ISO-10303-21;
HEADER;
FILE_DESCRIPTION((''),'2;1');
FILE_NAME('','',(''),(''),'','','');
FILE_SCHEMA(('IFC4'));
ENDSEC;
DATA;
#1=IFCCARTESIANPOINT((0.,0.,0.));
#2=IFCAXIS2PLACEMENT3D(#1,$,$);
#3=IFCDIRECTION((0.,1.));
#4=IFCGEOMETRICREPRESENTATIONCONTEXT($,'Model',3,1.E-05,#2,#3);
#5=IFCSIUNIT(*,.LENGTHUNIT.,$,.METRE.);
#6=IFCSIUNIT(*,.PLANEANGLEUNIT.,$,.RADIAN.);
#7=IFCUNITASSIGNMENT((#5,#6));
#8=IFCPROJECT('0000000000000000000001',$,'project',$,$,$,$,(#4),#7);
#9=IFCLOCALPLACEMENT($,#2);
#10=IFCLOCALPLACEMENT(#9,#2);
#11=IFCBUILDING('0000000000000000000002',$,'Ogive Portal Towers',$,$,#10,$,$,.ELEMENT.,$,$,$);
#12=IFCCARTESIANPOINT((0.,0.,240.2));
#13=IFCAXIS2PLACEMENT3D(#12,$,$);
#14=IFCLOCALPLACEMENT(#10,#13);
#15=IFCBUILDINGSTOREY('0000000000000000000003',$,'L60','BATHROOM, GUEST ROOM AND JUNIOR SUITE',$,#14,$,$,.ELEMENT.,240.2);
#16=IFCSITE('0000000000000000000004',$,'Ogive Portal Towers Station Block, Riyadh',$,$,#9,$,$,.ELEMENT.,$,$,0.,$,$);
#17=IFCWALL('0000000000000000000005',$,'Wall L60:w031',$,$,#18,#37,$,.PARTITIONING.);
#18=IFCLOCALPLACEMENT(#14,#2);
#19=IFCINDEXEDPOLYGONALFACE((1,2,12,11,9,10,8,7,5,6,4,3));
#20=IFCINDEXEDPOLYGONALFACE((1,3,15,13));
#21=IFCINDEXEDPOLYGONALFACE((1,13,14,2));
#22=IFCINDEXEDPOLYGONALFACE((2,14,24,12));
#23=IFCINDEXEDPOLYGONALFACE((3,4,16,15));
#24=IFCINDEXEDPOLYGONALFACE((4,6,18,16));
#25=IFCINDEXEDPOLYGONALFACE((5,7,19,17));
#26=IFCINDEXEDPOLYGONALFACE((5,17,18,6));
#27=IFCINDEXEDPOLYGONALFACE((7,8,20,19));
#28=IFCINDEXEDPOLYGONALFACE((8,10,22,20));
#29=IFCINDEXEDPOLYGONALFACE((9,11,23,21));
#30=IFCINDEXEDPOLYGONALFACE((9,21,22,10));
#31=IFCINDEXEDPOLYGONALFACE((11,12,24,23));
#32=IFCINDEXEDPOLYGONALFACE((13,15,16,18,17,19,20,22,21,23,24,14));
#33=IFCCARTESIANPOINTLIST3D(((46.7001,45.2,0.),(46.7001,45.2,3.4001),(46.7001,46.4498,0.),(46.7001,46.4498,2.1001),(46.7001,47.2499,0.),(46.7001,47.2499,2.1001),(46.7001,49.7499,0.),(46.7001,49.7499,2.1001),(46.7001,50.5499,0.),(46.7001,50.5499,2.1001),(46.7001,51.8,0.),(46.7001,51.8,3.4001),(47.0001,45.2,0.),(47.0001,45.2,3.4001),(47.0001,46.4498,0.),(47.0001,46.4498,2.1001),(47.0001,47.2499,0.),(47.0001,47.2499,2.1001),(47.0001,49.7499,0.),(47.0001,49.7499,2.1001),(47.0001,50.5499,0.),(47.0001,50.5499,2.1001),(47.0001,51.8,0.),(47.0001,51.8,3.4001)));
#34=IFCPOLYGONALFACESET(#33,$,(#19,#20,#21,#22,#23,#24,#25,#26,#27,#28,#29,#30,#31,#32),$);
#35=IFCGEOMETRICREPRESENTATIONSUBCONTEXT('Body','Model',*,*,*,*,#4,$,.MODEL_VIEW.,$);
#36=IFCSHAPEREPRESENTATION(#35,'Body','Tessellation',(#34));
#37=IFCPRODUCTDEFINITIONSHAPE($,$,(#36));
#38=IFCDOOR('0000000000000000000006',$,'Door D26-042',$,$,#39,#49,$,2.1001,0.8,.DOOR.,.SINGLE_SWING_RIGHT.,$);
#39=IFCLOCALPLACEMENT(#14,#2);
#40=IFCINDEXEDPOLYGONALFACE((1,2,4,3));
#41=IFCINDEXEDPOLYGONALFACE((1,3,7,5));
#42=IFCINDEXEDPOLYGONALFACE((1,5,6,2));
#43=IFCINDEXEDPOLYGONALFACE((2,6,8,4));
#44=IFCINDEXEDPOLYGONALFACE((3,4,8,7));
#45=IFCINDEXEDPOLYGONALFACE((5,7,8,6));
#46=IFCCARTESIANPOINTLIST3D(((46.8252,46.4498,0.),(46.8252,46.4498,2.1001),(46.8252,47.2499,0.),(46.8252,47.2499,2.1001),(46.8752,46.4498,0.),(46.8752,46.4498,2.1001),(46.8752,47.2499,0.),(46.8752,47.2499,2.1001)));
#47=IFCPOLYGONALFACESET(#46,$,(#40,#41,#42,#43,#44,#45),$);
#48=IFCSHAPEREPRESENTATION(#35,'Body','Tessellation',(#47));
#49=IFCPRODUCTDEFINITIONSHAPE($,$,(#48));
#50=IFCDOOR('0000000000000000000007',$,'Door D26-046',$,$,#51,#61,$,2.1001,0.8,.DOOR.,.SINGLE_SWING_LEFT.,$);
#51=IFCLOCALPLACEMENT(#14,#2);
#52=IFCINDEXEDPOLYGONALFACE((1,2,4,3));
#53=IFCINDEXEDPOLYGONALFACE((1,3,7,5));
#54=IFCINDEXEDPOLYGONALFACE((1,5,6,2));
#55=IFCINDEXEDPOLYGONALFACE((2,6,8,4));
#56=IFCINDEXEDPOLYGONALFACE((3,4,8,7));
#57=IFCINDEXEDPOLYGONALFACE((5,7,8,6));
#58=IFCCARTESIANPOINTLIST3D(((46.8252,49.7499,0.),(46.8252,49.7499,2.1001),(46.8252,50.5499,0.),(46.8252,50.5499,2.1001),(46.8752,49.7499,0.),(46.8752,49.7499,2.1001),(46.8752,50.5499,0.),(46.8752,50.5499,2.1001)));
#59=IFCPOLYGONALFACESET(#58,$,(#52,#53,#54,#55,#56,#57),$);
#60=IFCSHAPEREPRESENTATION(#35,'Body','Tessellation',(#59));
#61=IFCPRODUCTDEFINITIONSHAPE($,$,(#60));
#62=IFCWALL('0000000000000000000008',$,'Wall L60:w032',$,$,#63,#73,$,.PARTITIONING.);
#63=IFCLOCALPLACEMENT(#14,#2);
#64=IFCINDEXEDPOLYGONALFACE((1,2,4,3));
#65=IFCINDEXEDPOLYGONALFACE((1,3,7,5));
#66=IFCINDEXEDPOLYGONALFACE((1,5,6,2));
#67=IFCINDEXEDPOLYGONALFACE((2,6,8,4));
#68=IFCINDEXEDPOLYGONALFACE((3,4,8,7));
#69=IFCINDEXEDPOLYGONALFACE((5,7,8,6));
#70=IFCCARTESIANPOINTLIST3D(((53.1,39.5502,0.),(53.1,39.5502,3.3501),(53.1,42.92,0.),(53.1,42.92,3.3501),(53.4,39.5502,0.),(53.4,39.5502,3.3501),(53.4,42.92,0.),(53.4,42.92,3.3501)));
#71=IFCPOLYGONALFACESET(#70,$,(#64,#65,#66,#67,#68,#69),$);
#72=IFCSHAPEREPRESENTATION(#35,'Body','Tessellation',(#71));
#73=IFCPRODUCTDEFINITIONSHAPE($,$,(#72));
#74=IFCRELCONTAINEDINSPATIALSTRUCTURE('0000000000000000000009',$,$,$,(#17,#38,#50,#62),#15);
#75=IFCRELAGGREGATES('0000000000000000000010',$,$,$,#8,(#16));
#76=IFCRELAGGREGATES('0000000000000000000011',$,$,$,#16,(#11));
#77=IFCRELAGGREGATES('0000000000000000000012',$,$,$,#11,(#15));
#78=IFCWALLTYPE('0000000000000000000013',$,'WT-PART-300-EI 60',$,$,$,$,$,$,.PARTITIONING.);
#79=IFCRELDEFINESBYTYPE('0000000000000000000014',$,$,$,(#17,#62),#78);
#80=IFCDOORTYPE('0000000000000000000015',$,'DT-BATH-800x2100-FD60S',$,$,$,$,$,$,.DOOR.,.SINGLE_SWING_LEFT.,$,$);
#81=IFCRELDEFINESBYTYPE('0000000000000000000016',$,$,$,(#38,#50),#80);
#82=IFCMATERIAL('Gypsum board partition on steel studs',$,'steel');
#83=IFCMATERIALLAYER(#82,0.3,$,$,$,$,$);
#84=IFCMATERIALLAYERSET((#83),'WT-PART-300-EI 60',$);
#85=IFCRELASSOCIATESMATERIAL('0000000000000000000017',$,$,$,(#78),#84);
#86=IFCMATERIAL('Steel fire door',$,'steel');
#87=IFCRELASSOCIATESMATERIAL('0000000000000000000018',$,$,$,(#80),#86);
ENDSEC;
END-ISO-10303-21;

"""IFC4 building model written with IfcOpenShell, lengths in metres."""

from ifc_helpers import new_model, si_unit, direction, frame, frame_2d, origin, place, context, subcontext, project, spatial, rectangle, extrude, material, layer, layer_set, type_object, element, fill, save


model = new_model("IFC4")

# Units and contexts
model_context = context("Model", 3, precision=1e-05, world=origin(), true_north=direction((0.0, 1.0)))
body_context = subcontext(model_context, "Body", "Model", "MODEL_VIEW")
ifc_project = project(units=[si_unit("LENGTHUNIT", "METRE"), si_unit("PLANEANGLEUNIT", "RADIAN")], contexts=[model_context])

# Site, building, storey
site_placement = place(None, origin())
site = spatial("IfcSite", under=ifc_project, at=site_placement, Name="Ogive Portal Towers Station Block, Riyadh", CompositionType="ELEMENT", RefElevation=0.0)
building_placement = place(site_placement, origin())
building = spatial("IfcBuilding", under=site, at=building_placement, Name="Ogive Portal Towers", CompositionType="ELEMENT")
storey_placement = place(building_placement, frame((0.0, 0.0, 240.2)))
storey = spatial("IfcBuildingStorey", under=building, at=storey_placement, Name="L60", Description="BATHROOM, GUEST ROOM AND JUNIOR SUITE", CompositionType="ELEMENT", Elevation=240.2)

# Shared definitions
ifc_material_1 = material(Name="Gypsum board partition on steel studs", Category="steel")
ifc_layer_1 = layer(ifc_material_1, 0.3)
ifc_layer_set_1 = layer_set([ifc_layer_1], Name="WT-PART-300-EI 60")
wall_type = type_object("IfcWallType", Name="WT-PART-300-EI 60", PredefinedType="PARTITIONING", material=ifc_layer_set_1)

# Wall, openings, doors
ifc_material_2 = material(Name="Steel fire door", Category="steel")
wall_1_placement = place(storey_placement, frame((46.8501, 45.2, 0.0), z_axis=(0.0, 0.0, 1.0), x_axis=(0.0, 1.0, 0.0)))
wall_1 = element("IfcWall", 1, at=wall_1_placement, inside=storey, type_object=wall_type, Name="Wall L60:w031", PredefinedType="PARTITIONING", context=body_context, shape_type="SweptSolid", body=[
    extrude(rectangle(XDim=6.6001, YDim=0.3, at=frame_2d((3.3, 0.0))), origin(), (0.0, 0.0, 1.0), 3.4001),
])
opening_1_placement = place(wall_1_placement, frame((1.25, 0.0, 0.0)))
opening_1 = element("IfcOpeningElement", 2, at=opening_1_placement, cuts=wall_1, PredefinedType="OPENING", context=body_context, shape_type="SweptSolid", body=[
    extrude(rectangle(XDim=0.8, YDim=2.1001, at=frame_2d((0.3999, 1.05))), frame((0.0, 0.1602, 0.0), z_axis=(0.0, -1.0, 0.0), x_axis=(1.0, 0.0, 0.0)), (0.0, 0.0, 1.0), 0.3201),
])
opening_2_placement = place(wall_1_placement, frame((4.55, 0.0, 0.0)))
opening_2 = element("IfcOpeningElement", 3, at=opening_2_placement, cuts=wall_1, PredefinedType="OPENING", context=body_context, shape_type="SweptSolid", body=[
    extrude(rectangle(XDim=0.8, YDim=2.1001, at=frame_2d((0.3999, 1.05))), frame((0.0, 0.1602, 0.0), z_axis=(0.0, -1.0, 0.0), x_axis=(1.0, 0.0, 0.0)), (0.0, 0.0, 1.0), 0.3201),
])
door_type_1 = type_object("IfcDoorType", Name="DT-BATH-800x2100-FD60S", OperationType="SINGLE_SWING_LEFT", PredefinedType="DOOR", material=ifc_material_2)
door_1_placement = place(opening_1_placement, origin())
door_1 = element("IfcDoor", 4, at=door_1_placement, inside=storey, type_object=door_type_1, Name="Door D26-042", OperationType="SINGLE_SWING_RIGHT", OverallHeight=2.1001, OverallWidth=0.8, PredefinedType="DOOR", context=body_context, shape_type="SweptSolid", body=[
    extrude(rectangle(XDim=0.8, YDim=2.1001, at=frame_2d((0.3999, 1.05))), frame((0.0, 0.0249, 0.0), z_axis=(0.0, -1.0, 0.0), x_axis=(1.0, 0.0, 0.0)), (0.0, 0.0, 1.0), 0.05),
])
fill(opening_1, door_1)
door_2_placement = place(opening_2_placement, origin())
door_2 = element("IfcDoor", 5, at=door_2_placement, inside=storey, type_object=door_type_1, Name="Door D26-046", OperationType="SINGLE_SWING_LEFT", OverallHeight=2.1001, OverallWidth=0.8, PredefinedType="DOOR", context=body_context, shape_type="SweptSolid", body=[
    extrude(rectangle(XDim=0.8, YDim=2.1001, at=frame_2d((0.3999, 1.05))), frame((0.0, 0.0249, 0.0), z_axis=(0.0, -1.0, 0.0), x_axis=(1.0, 0.0, 0.0)), (0.0, 0.0, 1.0), 0.05),
])
fill(opening_2, door_2)

# Wall
wall_2_placement = place(storey_placement, frame((53.25, 39.55, 0.0), z_axis=(0.0, 0.0, 1.0), x_axis=(0.0, 1.0, 0.0)))
element("IfcWall", 6, at=wall_2_placement, inside=storey, type_object=wall_type, Name="Wall L60:w032", PredefinedType="PARTITIONING", context=body_context, shape_type="SweptSolid", body=[
    extrude(rectangle(XDim=3.3699, YDim=0.3, at=frame_2d((1.6851, 0.0))), origin(), (0.0, 0.0, 1.0), 3.3501),
])

save(model, "model.ifc")
